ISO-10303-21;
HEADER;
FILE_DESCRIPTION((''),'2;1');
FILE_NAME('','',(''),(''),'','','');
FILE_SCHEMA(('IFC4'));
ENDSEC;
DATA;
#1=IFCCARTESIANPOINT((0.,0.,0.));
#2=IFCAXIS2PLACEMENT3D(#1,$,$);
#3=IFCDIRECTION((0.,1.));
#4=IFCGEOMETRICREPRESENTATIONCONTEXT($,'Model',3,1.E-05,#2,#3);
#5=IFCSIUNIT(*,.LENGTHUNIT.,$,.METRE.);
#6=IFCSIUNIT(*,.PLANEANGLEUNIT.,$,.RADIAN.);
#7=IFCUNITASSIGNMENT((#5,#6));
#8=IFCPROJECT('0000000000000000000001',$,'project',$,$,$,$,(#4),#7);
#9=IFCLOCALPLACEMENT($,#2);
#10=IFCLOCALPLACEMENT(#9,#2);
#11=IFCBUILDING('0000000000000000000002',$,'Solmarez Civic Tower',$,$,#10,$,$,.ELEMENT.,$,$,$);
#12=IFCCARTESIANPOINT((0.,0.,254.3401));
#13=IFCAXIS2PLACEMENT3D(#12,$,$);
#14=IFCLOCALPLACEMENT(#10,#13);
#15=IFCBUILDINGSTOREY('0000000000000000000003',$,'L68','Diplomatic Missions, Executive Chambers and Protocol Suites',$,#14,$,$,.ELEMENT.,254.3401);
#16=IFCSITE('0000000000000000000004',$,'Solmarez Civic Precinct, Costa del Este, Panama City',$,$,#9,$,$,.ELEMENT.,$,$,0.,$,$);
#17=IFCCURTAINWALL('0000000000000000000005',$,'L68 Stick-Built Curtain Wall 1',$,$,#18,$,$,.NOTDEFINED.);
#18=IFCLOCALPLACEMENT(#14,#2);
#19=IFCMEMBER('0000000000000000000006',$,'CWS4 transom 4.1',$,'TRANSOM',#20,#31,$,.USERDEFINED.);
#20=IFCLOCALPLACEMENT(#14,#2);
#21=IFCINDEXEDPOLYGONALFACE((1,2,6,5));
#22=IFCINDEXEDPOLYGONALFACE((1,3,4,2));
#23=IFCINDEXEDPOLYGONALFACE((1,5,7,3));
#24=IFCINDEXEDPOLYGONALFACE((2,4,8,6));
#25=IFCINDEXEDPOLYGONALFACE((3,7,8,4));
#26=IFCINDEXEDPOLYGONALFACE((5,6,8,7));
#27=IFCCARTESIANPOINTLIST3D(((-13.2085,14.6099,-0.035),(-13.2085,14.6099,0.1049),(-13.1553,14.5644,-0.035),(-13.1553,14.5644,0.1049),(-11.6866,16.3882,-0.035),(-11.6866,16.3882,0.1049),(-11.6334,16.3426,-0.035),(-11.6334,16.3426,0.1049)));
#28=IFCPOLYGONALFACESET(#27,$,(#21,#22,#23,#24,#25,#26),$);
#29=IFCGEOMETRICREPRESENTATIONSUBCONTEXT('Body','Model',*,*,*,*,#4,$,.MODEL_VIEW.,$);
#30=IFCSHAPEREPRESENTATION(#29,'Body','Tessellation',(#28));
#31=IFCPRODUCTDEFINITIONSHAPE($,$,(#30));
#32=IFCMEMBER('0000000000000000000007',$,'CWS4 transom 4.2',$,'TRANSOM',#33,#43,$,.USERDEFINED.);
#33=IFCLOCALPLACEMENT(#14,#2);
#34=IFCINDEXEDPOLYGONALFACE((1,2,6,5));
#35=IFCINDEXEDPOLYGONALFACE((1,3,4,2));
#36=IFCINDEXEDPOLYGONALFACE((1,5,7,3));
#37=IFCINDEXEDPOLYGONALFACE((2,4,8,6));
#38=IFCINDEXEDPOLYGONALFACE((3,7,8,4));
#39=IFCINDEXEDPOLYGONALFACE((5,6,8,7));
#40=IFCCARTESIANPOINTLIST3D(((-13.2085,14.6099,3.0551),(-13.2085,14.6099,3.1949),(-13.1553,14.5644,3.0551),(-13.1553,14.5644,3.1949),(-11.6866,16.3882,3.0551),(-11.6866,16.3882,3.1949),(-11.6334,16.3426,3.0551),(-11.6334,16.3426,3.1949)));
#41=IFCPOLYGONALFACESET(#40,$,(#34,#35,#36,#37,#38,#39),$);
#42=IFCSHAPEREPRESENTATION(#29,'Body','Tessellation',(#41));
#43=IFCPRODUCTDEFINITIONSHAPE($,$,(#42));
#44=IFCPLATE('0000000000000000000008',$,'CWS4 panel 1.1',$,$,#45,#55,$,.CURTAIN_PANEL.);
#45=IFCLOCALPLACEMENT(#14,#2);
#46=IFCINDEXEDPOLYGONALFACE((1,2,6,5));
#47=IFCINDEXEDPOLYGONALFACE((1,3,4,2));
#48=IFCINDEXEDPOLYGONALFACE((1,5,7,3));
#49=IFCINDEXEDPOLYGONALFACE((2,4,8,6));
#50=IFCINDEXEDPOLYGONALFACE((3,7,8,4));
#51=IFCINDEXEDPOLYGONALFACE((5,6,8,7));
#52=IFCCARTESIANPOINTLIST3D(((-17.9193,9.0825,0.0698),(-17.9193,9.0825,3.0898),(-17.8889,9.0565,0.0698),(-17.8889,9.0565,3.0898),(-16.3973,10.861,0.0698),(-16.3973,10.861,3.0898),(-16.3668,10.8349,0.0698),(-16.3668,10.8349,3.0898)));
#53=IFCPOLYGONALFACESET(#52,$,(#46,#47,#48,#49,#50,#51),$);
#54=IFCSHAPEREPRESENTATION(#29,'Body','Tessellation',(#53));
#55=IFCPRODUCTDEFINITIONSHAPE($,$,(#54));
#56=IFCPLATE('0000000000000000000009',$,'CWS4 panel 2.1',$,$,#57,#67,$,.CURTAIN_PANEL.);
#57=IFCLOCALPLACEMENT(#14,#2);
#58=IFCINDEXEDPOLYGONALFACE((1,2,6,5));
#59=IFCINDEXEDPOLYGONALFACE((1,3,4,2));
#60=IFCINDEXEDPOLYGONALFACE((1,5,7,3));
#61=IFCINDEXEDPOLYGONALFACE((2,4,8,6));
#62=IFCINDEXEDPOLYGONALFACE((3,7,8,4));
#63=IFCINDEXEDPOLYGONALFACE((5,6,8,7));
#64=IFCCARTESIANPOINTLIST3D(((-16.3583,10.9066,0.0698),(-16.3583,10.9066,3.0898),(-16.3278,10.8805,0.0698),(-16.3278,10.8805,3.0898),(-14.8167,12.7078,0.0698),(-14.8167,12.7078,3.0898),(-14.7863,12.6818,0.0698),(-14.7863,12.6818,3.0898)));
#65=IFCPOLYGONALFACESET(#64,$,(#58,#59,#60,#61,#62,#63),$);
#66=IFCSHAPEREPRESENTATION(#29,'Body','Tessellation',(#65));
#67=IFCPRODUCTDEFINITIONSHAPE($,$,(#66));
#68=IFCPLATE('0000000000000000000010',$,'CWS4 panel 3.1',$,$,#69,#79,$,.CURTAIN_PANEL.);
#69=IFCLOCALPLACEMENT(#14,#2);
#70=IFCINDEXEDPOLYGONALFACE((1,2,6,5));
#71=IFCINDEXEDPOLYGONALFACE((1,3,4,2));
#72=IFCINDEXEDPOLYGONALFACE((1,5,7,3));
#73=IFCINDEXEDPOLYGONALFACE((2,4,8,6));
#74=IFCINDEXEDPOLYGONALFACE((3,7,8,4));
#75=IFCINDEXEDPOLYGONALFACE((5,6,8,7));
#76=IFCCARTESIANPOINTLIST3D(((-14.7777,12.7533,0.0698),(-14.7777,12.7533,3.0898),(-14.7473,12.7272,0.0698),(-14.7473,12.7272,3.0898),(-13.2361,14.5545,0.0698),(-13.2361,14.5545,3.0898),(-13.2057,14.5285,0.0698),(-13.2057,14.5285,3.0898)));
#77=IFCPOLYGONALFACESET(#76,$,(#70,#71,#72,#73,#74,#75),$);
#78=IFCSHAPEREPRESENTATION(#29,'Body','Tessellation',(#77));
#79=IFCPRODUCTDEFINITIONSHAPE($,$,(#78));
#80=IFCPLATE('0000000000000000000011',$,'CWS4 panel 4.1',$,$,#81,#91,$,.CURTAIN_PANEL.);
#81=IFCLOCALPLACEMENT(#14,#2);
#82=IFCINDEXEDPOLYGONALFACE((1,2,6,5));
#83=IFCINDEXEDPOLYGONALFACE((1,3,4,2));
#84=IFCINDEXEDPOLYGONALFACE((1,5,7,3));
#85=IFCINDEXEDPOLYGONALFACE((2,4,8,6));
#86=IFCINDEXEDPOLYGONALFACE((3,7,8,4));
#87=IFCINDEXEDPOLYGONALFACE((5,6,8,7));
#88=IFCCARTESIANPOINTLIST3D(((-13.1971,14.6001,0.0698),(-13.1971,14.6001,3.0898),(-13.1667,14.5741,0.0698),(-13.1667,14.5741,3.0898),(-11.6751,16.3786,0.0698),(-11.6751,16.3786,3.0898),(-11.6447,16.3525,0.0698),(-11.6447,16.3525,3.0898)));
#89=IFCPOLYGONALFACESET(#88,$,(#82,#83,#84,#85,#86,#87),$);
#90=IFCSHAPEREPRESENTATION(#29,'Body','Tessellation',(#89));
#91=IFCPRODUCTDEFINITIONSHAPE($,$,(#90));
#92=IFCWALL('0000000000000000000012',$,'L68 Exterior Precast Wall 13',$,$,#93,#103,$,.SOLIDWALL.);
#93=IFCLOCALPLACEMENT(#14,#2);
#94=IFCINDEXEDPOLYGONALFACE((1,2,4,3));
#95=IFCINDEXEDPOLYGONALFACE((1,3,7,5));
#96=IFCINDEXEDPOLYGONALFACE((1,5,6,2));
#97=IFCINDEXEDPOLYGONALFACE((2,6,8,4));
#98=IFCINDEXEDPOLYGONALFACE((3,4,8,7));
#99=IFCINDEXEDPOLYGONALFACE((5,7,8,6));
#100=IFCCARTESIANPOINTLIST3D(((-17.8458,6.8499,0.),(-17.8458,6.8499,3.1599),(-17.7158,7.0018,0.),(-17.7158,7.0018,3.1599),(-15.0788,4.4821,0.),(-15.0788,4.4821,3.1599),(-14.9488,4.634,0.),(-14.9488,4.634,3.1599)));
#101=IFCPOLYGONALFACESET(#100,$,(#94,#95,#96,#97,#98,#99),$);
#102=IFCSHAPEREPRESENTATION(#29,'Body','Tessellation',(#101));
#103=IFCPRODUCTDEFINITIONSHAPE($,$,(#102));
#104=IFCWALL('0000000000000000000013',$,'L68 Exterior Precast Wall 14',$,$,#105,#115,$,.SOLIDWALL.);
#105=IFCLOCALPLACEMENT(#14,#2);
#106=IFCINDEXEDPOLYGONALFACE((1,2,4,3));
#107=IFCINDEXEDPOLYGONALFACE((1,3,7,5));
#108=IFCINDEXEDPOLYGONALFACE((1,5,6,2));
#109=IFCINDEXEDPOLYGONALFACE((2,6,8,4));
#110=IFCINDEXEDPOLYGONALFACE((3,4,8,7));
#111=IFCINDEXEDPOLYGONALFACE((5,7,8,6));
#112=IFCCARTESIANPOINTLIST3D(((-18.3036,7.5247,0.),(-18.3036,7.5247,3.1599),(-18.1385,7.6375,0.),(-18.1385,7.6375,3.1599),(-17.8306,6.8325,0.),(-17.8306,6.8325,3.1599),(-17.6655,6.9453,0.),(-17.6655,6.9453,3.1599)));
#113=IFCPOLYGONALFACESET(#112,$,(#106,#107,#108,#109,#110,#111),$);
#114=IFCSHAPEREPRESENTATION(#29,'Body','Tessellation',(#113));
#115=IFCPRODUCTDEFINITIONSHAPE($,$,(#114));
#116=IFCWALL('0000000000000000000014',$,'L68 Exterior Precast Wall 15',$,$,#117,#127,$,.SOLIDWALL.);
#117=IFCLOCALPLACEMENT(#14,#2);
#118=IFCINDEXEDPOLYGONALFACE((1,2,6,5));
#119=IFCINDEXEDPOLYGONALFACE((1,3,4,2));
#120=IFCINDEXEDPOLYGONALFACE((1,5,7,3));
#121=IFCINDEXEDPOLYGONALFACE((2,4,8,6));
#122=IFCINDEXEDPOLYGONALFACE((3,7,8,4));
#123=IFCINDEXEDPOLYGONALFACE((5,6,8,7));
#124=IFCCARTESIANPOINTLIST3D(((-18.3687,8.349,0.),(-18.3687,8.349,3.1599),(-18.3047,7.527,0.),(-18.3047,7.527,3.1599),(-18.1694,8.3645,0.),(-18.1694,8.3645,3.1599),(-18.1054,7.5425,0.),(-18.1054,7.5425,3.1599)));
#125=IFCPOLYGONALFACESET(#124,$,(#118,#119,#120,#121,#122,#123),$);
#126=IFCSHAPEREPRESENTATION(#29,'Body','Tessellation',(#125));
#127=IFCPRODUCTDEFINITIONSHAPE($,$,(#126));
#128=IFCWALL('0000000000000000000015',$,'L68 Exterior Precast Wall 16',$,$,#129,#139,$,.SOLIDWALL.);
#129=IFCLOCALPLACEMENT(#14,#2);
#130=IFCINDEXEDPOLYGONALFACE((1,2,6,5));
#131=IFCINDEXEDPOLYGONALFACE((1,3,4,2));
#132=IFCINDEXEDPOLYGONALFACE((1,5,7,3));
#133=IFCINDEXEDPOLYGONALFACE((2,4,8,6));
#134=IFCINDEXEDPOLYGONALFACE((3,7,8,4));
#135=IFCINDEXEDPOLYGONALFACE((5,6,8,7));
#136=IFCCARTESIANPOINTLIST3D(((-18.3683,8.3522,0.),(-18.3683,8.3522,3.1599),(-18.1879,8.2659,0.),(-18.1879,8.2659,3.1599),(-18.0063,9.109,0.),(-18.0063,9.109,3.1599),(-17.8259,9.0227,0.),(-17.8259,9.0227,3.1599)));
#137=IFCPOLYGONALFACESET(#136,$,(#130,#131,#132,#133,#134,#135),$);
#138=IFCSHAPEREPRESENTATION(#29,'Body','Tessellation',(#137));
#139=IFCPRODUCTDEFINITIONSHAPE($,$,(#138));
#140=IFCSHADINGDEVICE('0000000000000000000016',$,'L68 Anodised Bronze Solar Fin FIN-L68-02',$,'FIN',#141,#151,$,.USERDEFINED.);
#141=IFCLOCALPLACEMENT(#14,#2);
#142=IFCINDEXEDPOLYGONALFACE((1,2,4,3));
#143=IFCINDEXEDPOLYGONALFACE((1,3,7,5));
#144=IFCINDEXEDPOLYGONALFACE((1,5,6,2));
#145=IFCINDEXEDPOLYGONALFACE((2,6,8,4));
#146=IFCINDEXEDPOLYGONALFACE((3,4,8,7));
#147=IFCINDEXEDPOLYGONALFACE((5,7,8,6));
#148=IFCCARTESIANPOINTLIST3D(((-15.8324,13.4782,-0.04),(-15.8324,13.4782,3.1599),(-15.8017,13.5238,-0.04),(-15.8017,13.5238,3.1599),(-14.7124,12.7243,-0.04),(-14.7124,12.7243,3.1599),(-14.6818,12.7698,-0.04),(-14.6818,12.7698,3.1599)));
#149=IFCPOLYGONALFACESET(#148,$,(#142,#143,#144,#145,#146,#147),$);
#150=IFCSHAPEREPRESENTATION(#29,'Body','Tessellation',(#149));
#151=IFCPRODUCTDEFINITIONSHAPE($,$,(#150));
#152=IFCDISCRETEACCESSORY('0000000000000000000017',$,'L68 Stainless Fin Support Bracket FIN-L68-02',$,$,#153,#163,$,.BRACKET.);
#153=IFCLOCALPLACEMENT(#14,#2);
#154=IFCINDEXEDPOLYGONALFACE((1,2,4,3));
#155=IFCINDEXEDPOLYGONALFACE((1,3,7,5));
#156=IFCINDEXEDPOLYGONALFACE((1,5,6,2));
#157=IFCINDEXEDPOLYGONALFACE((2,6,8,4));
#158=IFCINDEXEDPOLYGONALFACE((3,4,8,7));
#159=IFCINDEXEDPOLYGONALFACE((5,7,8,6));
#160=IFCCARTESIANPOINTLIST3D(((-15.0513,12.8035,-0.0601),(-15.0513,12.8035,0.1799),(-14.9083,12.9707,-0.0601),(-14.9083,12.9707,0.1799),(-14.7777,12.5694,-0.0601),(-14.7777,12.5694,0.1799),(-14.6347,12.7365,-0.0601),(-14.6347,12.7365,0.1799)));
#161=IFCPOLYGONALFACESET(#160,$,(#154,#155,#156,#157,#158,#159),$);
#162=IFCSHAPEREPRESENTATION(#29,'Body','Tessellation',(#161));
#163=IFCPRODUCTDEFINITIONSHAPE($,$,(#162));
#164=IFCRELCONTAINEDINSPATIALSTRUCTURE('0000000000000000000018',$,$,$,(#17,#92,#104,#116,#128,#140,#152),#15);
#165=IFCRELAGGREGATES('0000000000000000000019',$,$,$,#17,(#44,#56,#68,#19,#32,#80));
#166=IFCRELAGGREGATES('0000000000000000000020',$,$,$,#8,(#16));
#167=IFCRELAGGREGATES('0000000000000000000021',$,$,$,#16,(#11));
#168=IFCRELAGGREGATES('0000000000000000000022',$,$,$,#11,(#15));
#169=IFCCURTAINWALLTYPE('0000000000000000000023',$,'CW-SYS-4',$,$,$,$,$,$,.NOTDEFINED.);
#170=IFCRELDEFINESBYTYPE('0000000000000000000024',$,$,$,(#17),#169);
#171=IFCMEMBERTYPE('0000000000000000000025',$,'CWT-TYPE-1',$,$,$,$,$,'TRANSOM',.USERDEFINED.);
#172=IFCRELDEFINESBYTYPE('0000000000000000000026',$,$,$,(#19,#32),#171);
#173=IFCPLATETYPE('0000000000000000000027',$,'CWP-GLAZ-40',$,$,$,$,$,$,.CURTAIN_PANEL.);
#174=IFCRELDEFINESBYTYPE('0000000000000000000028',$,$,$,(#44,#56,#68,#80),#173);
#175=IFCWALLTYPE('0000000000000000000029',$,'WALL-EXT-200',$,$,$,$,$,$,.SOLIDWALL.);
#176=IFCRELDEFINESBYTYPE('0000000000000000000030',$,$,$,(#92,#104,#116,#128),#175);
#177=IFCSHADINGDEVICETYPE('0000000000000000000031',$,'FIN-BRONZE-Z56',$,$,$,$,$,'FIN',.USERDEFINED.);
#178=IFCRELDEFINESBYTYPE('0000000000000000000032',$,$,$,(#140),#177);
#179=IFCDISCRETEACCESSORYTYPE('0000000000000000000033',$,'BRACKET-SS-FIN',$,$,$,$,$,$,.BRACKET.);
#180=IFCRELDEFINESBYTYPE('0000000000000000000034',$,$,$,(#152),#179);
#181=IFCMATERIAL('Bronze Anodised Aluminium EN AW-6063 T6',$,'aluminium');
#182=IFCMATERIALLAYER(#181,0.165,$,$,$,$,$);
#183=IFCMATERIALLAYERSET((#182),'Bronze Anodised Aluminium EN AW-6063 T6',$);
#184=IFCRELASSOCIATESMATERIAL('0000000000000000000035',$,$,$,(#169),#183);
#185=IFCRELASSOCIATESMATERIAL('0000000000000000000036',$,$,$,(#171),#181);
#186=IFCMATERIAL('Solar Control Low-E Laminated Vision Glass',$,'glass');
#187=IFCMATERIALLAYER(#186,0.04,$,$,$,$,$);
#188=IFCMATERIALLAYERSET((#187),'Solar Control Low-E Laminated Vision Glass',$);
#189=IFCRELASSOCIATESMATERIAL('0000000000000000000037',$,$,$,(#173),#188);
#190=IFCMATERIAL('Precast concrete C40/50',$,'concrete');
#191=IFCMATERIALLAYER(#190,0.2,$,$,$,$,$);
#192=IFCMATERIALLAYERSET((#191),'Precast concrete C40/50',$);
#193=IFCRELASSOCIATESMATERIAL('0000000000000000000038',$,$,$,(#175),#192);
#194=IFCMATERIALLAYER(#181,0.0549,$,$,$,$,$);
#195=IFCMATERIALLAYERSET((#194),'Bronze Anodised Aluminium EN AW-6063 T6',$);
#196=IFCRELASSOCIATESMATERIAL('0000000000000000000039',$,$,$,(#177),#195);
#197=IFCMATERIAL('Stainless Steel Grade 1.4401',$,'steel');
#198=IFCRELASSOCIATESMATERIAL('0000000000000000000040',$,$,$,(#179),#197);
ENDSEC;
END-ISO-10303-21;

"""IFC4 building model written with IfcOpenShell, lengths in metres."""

from ifc_helpers import new_model, si_unit, direction, frame, frame_2d, origin, origin_2d, place, context, subcontext, project, spatial, rectangle, extrude, material, layer, layer_set, material_profile, profile_set, type_object, element, aggregate, save


model = new_model("IFC4")

# Units and contexts
model_context = context("Model", 3, precision=1e-05, world=origin(), true_north=direction((0.0, 1.0)))
body_context = subcontext(model_context, "Body", "Model", "MODEL_VIEW")
ifc_project = project(units=[si_unit("LENGTHUNIT", "METRE"), si_unit("PLANEANGLEUNIT", "RADIAN")], contexts=[model_context])

# Site, building, storey
site_placement = place(None, origin())
site = spatial("IfcSite", under=ifc_project, at=site_placement, Name="Solmarez Civic Precinct, Costa del Este, Panama City", CompositionType="ELEMENT", RefElevation=0.0)
building_placement = place(site_placement, origin())
building = spatial("IfcBuilding", under=site, at=building_placement, Name="Solmarez Civic Tower", CompositionType="ELEMENT")
storey_placement = place(building_placement, frame((0.0, 0.0, 254.3401)))
storey = spatial("IfcBuildingStorey", under=building, at=storey_placement, Name="L68", Description="Diplomatic Missions, Executive Chambers and Protocol Suites", CompositionType="ELEMENT", Elevation=254.3401)

# Curtain wall, members, plates
ifc_material_1 = material(Name="Bronze Anodised Aluminium EN AW-6063 T6", Category="aluminium")
ifc_layer_1 = layer(ifc_material_1, 0.165)
ifc_layer_set_1 = layer_set([ifc_layer_1], Name="Bronze Anodised Aluminium EN AW-6063 T6")
curtain_wall_type = type_object("IfcCurtainWallType", Name="CW-SYS-4", PredefinedType="NOTDEFINED", material=ifc_layer_set_1)
curtain_wall_placement = place(storey_placement, origin())
curtain_wall = element("IfcCurtainWall", 1, at=curtain_wall_placement, inside=storey, type_object=curtain_wall_type, Name="L68 Stick-Built Curtain Wall 1", PredefinedType="NOTDEFINED")
ifc_material_profile_1 = material_profile(ifc_material_1, rectangle(XDim=0.0701, YDim=0.1399, at=origin_2d()), Name="CWT-70X140")
ifc_profile_set_1 = profile_set([ifc_material_profile_1], Name="Bronze Anodised Aluminium EN AW-6063 T6")
member_type_1 = type_object("IfcMemberType", Name="CWT-TYPE-1", ElementType="TRANSOM", PredefinedType="USERDEFINED", material=ifc_profile_set_1)
member_1_placement = place(storey_placement, frame((-13.1819, 14.5872, 0.0349), z_axis=(0.650224, 0.759742, 0.0), x_axis=(-0.759742, 0.650224, 0.0)))
member_1 = element("IfcMember", 2, at=member_1_placement, type_object=member_type_1, Name="CWS4 transom 4.1", ObjectType="TRANSOM", PredefinedType="USERDEFINED", context=body_context, shape_type="SweptSolid", body=[
    extrude(rectangle(XDim=0.0701, YDim=0.1399, at=origin_2d()), origin(), (0.0, 0.0, 1.0), 2.3406),
])
member_2_placement = place(storey_placement, frame((-13.1819, 14.5872, 3.125), z_axis=(0.650224, 0.759742, 0.0), x_axis=(-0.759742, 0.650224, 0.0)))
member_2 = element("IfcMember", 3, at=member_2_placement, type_object=member_type_1, Name="CWS4 transom 4.2", ObjectType="TRANSOM", PredefinedType="USERDEFINED", context=body_context, shape_type="SweptSolid", body=[
    extrude(rectangle(XDim=0.0701, YDim=0.1399, at=origin_2d()), origin(), (0.0, 0.0, 1.0), 2.3406),
])
ifc_material_2 = material(Name="Solar Control Low-E Laminated Vision Glass", Category="glass")
ifc_layer_2 = layer(ifc_material_2, 0.04)
ifc_layer_set_2 = layer_set([ifc_layer_2], Name="Solar Control Low-E Laminated Vision Glass")
plate_type = type_object("IfcPlateType", Name="CWP-GLAZ-40", PredefinedType="CURTAIN_PANEL", material=ifc_layer_set_2)
plate_1_placement = place(storey_placement, frame((-17.1431, 9.9587, 0.0698), z_axis=(0.0, 0.0, 1.0), x_axis=(0.650215, 0.75975, 0.0)))
plate_1 = element("IfcPlate", 4, at=plate_1_placement, type_object=plate_type, Name="CWS4 panel 1.1", PredefinedType="CURTAIN_PANEL", context=body_context, shape_type="SweptSolid", body=[
    extrude(rectangle(XDim=2.3408, YDim=0.04, at=origin_2d()), origin(), (0.0, 0.0, 1.0), 3.02),
])
plate_2_placement = place(storey_placement, frame((-15.5723, 11.7942, 0.0698), z_axis=(0.0, 0.0, 1.0), x_axis=(0.650215, 0.75975, 0.0)))
plate_2 = element("IfcPlate", 5, at=plate_2_placement, type_object=plate_type, Name="CWS4 panel 2.1", PredefinedType="CURTAIN_PANEL", context=body_context, shape_type="SweptSolid", body=[
    extrude(rectangle(XDim=2.3708, YDim=0.04, at=origin_2d()), origin(), (0.0, 0.0, 1.0), 3.02),
])
plate_3_placement = place(storey_placement, frame((-13.9917, 13.6409, 0.0698), z_axis=(0.0, 0.0, 1.0), x_axis=(0.650215, 0.75975, 0.0)))
plate_3 = element("IfcPlate", 6, at=plate_3_placement, type_object=plate_type, Name="CWS4 panel 3.1", PredefinedType="CURTAIN_PANEL", context=body_context, shape_type="SweptSolid", body=[
    extrude(rectangle(XDim=2.3708, YDim=0.04, at=origin_2d()), origin(), (0.0, 0.0, 1.0), 3.02),
])
plate_4_placement = place(storey_placement, frame((-12.4209, 15.4763, 0.0698), z_axis=(0.0, 0.0, 1.0), x_axis=(0.650215, 0.75975, 0.0)))
plate_4 = element("IfcPlate", 7, at=plate_4_placement, type_object=plate_type, Name="CWS4 panel 4.1", PredefinedType="CURTAIN_PANEL", context=body_context, shape_type="SweptSolid", body=[
    extrude(rectangle(XDim=2.3408, YDim=0.04, at=origin_2d()), origin(), (0.0, 0.0, 1.0), 3.02),
])
aggregate(curtain_wall, [plate_1, plate_2, plate_3, member_1, member_2, plate_4])

# Walls
ifc_material_3 = material(Name="Precast concrete C40/50", Category="concrete")
ifc_layer_3 = layer(ifc_material_3, 0.2)
ifc_layer_set_3 = layer_set([ifc_layer_3], Name="Precast concrete C40/50")
wall_type = type_object("IfcWallType", Name="WALL-EXT-200", PredefinedType="SOLIDWALL", material=ifc_layer_set_3)
wall_1_placement = place(storey_placement, frame((-15.0139, 4.5581, 0.0), z_axis=(0.0, 0.0, 1.0), x_axis=(-0.759782, 0.650178, 0.0)))
element("IfcWall", 8, at=wall_1_placement, inside=storey, type_object=wall_type, Name="L68 Exterior Precast Wall 13", PredefinedType="SOLIDWALL", context=body_context, shape_type="SweptSolid", body=[
    extrude(rectangle(XDim=3.6418, YDim=0.2, at=frame_2d((1.8208, 0.0))), origin(), (0.0, 0.0, 1.0), 3.1599),
])
wall_2_placement = place(storey_placement, frame((-17.748, 6.8889, 0.0), z_axis=(0.0, 0.0, 1.0), x_axis=(-0.564141, 0.825679, 0.0)))
element("IfcWall", 9, at=wall_2_placement, inside=storey, type_object=wall_type, Name="L68 Exterior Precast Wall 14", PredefinedType="SOLIDWALL", context=body_context, shape_type="SweptSolid", body=[
    extrude(rectangle(XDim=0.8384, YDim=0.2, at=frame_2d((0.4192, 0.0))), origin(), (0.0, 0.0, 1.0), 3.1599),
])
wall_3_placement = place(storey_placement, frame((-18.2051, 7.5349, 0.0), z_axis=(0.0, 0.0, 1.0), x_axis=(-0.07758, 0.996986, 0.0)))
element("IfcWall", 10, at=wall_3_placement, inside=storey, type_object=wall_type, Name="L68 Exterior Precast Wall 15", PredefinedType="SOLIDWALL", context=body_context, shape_type="SweptSolid", body=[
    extrude(rectangle(XDim=0.8245, YDim=0.2, at=frame_2d((0.4121, 0.0))), origin(), (0.0, 0.0, 1.0), 3.1599),
])
wall_4_placement = place(storey_placement, frame((-18.2781, 8.3091, 0.0), z_axis=(0.0, 0.0, 1.0), x_axis=(0.431548, 0.90209, 0.0)))
element("IfcWall", 11, at=wall_4_placement, inside=storey, type_object=wall_type, Name="L68 Exterior Precast Wall 16", PredefinedType="SOLIDWALL", context=body_context, shape_type="SweptSolid", body=[
    extrude(rectangle(XDim=0.8389, YDim=0.2, at=frame_2d((0.4194, 0.0))), origin(), (0.0, 0.0, 1.0), 3.1599),
])

# Shading device
ifc_layer_4 = layer(ifc_material_1, 0.0549)
ifc_layer_set_4 = layer_set([ifc_layer_4], Name="Bronze Anodised Aluminium EN AW-6063 T6")
shading_device_type = type_object("IfcShadingDeviceType", Name="FIN-BRONZE-Z56", ElementType="FIN", PredefinedType="USERDEFINED", material=ifc_layer_set_4)
shading_device_placement = place(storey_placement, frame((-15.2571, 13.124, -0.04), z_axis=(0.0, 0.0, 1.0), x_axis=(-0.829535, 0.558455, 0.0)))
element("IfcShadingDevice", 12, at=shading_device_placement, inside=storey, type_object=shading_device_type, Name="L68 Anodised Bronze Solar Fin FIN-L68-02", ObjectType="FIN", PredefinedType="USERDEFINED", context=body_context, shape_type="SweptSolid", body=[
    extrude(rectangle(XDim=1.3501, YDim=0.0549, at=origin_2d()), origin(), (0.0, 0.0, 1.0), 3.2),
])

# Discrete accessory
ifc_material_4 = material(Name="Stainless Steel Grade 1.4401", Category="steel")
discrete_accessory_type = type_object("IfcDiscreteAccessoryType", Name="BRACKET-SS-FIN", PredefinedType="BRACKET", material=ifc_material_4)
discrete_accessory_placement = place(storey_placement, frame((-14.843, 12.77, -0.0601), z_axis=(0.0, 0.0, 1.0), x_axis=(-0.759723, 0.650246, 0.0)))
element("IfcDiscreteAccessory", 13, at=discrete_accessory_placement, inside=storey, type_object=discrete_accessory_type, Name="L68 Stainless Fin Support Bracket FIN-L68-02", PredefinedType="BRACKET", context=body_context, shape_type="SweptSolid", body=[
    extrude(rectangle(XDim=0.3601, YDim=0.22, at=origin_2d()), origin(), (0.0, 0.0, 1.0), 0.24),
])

save(model, "model.ifc")
